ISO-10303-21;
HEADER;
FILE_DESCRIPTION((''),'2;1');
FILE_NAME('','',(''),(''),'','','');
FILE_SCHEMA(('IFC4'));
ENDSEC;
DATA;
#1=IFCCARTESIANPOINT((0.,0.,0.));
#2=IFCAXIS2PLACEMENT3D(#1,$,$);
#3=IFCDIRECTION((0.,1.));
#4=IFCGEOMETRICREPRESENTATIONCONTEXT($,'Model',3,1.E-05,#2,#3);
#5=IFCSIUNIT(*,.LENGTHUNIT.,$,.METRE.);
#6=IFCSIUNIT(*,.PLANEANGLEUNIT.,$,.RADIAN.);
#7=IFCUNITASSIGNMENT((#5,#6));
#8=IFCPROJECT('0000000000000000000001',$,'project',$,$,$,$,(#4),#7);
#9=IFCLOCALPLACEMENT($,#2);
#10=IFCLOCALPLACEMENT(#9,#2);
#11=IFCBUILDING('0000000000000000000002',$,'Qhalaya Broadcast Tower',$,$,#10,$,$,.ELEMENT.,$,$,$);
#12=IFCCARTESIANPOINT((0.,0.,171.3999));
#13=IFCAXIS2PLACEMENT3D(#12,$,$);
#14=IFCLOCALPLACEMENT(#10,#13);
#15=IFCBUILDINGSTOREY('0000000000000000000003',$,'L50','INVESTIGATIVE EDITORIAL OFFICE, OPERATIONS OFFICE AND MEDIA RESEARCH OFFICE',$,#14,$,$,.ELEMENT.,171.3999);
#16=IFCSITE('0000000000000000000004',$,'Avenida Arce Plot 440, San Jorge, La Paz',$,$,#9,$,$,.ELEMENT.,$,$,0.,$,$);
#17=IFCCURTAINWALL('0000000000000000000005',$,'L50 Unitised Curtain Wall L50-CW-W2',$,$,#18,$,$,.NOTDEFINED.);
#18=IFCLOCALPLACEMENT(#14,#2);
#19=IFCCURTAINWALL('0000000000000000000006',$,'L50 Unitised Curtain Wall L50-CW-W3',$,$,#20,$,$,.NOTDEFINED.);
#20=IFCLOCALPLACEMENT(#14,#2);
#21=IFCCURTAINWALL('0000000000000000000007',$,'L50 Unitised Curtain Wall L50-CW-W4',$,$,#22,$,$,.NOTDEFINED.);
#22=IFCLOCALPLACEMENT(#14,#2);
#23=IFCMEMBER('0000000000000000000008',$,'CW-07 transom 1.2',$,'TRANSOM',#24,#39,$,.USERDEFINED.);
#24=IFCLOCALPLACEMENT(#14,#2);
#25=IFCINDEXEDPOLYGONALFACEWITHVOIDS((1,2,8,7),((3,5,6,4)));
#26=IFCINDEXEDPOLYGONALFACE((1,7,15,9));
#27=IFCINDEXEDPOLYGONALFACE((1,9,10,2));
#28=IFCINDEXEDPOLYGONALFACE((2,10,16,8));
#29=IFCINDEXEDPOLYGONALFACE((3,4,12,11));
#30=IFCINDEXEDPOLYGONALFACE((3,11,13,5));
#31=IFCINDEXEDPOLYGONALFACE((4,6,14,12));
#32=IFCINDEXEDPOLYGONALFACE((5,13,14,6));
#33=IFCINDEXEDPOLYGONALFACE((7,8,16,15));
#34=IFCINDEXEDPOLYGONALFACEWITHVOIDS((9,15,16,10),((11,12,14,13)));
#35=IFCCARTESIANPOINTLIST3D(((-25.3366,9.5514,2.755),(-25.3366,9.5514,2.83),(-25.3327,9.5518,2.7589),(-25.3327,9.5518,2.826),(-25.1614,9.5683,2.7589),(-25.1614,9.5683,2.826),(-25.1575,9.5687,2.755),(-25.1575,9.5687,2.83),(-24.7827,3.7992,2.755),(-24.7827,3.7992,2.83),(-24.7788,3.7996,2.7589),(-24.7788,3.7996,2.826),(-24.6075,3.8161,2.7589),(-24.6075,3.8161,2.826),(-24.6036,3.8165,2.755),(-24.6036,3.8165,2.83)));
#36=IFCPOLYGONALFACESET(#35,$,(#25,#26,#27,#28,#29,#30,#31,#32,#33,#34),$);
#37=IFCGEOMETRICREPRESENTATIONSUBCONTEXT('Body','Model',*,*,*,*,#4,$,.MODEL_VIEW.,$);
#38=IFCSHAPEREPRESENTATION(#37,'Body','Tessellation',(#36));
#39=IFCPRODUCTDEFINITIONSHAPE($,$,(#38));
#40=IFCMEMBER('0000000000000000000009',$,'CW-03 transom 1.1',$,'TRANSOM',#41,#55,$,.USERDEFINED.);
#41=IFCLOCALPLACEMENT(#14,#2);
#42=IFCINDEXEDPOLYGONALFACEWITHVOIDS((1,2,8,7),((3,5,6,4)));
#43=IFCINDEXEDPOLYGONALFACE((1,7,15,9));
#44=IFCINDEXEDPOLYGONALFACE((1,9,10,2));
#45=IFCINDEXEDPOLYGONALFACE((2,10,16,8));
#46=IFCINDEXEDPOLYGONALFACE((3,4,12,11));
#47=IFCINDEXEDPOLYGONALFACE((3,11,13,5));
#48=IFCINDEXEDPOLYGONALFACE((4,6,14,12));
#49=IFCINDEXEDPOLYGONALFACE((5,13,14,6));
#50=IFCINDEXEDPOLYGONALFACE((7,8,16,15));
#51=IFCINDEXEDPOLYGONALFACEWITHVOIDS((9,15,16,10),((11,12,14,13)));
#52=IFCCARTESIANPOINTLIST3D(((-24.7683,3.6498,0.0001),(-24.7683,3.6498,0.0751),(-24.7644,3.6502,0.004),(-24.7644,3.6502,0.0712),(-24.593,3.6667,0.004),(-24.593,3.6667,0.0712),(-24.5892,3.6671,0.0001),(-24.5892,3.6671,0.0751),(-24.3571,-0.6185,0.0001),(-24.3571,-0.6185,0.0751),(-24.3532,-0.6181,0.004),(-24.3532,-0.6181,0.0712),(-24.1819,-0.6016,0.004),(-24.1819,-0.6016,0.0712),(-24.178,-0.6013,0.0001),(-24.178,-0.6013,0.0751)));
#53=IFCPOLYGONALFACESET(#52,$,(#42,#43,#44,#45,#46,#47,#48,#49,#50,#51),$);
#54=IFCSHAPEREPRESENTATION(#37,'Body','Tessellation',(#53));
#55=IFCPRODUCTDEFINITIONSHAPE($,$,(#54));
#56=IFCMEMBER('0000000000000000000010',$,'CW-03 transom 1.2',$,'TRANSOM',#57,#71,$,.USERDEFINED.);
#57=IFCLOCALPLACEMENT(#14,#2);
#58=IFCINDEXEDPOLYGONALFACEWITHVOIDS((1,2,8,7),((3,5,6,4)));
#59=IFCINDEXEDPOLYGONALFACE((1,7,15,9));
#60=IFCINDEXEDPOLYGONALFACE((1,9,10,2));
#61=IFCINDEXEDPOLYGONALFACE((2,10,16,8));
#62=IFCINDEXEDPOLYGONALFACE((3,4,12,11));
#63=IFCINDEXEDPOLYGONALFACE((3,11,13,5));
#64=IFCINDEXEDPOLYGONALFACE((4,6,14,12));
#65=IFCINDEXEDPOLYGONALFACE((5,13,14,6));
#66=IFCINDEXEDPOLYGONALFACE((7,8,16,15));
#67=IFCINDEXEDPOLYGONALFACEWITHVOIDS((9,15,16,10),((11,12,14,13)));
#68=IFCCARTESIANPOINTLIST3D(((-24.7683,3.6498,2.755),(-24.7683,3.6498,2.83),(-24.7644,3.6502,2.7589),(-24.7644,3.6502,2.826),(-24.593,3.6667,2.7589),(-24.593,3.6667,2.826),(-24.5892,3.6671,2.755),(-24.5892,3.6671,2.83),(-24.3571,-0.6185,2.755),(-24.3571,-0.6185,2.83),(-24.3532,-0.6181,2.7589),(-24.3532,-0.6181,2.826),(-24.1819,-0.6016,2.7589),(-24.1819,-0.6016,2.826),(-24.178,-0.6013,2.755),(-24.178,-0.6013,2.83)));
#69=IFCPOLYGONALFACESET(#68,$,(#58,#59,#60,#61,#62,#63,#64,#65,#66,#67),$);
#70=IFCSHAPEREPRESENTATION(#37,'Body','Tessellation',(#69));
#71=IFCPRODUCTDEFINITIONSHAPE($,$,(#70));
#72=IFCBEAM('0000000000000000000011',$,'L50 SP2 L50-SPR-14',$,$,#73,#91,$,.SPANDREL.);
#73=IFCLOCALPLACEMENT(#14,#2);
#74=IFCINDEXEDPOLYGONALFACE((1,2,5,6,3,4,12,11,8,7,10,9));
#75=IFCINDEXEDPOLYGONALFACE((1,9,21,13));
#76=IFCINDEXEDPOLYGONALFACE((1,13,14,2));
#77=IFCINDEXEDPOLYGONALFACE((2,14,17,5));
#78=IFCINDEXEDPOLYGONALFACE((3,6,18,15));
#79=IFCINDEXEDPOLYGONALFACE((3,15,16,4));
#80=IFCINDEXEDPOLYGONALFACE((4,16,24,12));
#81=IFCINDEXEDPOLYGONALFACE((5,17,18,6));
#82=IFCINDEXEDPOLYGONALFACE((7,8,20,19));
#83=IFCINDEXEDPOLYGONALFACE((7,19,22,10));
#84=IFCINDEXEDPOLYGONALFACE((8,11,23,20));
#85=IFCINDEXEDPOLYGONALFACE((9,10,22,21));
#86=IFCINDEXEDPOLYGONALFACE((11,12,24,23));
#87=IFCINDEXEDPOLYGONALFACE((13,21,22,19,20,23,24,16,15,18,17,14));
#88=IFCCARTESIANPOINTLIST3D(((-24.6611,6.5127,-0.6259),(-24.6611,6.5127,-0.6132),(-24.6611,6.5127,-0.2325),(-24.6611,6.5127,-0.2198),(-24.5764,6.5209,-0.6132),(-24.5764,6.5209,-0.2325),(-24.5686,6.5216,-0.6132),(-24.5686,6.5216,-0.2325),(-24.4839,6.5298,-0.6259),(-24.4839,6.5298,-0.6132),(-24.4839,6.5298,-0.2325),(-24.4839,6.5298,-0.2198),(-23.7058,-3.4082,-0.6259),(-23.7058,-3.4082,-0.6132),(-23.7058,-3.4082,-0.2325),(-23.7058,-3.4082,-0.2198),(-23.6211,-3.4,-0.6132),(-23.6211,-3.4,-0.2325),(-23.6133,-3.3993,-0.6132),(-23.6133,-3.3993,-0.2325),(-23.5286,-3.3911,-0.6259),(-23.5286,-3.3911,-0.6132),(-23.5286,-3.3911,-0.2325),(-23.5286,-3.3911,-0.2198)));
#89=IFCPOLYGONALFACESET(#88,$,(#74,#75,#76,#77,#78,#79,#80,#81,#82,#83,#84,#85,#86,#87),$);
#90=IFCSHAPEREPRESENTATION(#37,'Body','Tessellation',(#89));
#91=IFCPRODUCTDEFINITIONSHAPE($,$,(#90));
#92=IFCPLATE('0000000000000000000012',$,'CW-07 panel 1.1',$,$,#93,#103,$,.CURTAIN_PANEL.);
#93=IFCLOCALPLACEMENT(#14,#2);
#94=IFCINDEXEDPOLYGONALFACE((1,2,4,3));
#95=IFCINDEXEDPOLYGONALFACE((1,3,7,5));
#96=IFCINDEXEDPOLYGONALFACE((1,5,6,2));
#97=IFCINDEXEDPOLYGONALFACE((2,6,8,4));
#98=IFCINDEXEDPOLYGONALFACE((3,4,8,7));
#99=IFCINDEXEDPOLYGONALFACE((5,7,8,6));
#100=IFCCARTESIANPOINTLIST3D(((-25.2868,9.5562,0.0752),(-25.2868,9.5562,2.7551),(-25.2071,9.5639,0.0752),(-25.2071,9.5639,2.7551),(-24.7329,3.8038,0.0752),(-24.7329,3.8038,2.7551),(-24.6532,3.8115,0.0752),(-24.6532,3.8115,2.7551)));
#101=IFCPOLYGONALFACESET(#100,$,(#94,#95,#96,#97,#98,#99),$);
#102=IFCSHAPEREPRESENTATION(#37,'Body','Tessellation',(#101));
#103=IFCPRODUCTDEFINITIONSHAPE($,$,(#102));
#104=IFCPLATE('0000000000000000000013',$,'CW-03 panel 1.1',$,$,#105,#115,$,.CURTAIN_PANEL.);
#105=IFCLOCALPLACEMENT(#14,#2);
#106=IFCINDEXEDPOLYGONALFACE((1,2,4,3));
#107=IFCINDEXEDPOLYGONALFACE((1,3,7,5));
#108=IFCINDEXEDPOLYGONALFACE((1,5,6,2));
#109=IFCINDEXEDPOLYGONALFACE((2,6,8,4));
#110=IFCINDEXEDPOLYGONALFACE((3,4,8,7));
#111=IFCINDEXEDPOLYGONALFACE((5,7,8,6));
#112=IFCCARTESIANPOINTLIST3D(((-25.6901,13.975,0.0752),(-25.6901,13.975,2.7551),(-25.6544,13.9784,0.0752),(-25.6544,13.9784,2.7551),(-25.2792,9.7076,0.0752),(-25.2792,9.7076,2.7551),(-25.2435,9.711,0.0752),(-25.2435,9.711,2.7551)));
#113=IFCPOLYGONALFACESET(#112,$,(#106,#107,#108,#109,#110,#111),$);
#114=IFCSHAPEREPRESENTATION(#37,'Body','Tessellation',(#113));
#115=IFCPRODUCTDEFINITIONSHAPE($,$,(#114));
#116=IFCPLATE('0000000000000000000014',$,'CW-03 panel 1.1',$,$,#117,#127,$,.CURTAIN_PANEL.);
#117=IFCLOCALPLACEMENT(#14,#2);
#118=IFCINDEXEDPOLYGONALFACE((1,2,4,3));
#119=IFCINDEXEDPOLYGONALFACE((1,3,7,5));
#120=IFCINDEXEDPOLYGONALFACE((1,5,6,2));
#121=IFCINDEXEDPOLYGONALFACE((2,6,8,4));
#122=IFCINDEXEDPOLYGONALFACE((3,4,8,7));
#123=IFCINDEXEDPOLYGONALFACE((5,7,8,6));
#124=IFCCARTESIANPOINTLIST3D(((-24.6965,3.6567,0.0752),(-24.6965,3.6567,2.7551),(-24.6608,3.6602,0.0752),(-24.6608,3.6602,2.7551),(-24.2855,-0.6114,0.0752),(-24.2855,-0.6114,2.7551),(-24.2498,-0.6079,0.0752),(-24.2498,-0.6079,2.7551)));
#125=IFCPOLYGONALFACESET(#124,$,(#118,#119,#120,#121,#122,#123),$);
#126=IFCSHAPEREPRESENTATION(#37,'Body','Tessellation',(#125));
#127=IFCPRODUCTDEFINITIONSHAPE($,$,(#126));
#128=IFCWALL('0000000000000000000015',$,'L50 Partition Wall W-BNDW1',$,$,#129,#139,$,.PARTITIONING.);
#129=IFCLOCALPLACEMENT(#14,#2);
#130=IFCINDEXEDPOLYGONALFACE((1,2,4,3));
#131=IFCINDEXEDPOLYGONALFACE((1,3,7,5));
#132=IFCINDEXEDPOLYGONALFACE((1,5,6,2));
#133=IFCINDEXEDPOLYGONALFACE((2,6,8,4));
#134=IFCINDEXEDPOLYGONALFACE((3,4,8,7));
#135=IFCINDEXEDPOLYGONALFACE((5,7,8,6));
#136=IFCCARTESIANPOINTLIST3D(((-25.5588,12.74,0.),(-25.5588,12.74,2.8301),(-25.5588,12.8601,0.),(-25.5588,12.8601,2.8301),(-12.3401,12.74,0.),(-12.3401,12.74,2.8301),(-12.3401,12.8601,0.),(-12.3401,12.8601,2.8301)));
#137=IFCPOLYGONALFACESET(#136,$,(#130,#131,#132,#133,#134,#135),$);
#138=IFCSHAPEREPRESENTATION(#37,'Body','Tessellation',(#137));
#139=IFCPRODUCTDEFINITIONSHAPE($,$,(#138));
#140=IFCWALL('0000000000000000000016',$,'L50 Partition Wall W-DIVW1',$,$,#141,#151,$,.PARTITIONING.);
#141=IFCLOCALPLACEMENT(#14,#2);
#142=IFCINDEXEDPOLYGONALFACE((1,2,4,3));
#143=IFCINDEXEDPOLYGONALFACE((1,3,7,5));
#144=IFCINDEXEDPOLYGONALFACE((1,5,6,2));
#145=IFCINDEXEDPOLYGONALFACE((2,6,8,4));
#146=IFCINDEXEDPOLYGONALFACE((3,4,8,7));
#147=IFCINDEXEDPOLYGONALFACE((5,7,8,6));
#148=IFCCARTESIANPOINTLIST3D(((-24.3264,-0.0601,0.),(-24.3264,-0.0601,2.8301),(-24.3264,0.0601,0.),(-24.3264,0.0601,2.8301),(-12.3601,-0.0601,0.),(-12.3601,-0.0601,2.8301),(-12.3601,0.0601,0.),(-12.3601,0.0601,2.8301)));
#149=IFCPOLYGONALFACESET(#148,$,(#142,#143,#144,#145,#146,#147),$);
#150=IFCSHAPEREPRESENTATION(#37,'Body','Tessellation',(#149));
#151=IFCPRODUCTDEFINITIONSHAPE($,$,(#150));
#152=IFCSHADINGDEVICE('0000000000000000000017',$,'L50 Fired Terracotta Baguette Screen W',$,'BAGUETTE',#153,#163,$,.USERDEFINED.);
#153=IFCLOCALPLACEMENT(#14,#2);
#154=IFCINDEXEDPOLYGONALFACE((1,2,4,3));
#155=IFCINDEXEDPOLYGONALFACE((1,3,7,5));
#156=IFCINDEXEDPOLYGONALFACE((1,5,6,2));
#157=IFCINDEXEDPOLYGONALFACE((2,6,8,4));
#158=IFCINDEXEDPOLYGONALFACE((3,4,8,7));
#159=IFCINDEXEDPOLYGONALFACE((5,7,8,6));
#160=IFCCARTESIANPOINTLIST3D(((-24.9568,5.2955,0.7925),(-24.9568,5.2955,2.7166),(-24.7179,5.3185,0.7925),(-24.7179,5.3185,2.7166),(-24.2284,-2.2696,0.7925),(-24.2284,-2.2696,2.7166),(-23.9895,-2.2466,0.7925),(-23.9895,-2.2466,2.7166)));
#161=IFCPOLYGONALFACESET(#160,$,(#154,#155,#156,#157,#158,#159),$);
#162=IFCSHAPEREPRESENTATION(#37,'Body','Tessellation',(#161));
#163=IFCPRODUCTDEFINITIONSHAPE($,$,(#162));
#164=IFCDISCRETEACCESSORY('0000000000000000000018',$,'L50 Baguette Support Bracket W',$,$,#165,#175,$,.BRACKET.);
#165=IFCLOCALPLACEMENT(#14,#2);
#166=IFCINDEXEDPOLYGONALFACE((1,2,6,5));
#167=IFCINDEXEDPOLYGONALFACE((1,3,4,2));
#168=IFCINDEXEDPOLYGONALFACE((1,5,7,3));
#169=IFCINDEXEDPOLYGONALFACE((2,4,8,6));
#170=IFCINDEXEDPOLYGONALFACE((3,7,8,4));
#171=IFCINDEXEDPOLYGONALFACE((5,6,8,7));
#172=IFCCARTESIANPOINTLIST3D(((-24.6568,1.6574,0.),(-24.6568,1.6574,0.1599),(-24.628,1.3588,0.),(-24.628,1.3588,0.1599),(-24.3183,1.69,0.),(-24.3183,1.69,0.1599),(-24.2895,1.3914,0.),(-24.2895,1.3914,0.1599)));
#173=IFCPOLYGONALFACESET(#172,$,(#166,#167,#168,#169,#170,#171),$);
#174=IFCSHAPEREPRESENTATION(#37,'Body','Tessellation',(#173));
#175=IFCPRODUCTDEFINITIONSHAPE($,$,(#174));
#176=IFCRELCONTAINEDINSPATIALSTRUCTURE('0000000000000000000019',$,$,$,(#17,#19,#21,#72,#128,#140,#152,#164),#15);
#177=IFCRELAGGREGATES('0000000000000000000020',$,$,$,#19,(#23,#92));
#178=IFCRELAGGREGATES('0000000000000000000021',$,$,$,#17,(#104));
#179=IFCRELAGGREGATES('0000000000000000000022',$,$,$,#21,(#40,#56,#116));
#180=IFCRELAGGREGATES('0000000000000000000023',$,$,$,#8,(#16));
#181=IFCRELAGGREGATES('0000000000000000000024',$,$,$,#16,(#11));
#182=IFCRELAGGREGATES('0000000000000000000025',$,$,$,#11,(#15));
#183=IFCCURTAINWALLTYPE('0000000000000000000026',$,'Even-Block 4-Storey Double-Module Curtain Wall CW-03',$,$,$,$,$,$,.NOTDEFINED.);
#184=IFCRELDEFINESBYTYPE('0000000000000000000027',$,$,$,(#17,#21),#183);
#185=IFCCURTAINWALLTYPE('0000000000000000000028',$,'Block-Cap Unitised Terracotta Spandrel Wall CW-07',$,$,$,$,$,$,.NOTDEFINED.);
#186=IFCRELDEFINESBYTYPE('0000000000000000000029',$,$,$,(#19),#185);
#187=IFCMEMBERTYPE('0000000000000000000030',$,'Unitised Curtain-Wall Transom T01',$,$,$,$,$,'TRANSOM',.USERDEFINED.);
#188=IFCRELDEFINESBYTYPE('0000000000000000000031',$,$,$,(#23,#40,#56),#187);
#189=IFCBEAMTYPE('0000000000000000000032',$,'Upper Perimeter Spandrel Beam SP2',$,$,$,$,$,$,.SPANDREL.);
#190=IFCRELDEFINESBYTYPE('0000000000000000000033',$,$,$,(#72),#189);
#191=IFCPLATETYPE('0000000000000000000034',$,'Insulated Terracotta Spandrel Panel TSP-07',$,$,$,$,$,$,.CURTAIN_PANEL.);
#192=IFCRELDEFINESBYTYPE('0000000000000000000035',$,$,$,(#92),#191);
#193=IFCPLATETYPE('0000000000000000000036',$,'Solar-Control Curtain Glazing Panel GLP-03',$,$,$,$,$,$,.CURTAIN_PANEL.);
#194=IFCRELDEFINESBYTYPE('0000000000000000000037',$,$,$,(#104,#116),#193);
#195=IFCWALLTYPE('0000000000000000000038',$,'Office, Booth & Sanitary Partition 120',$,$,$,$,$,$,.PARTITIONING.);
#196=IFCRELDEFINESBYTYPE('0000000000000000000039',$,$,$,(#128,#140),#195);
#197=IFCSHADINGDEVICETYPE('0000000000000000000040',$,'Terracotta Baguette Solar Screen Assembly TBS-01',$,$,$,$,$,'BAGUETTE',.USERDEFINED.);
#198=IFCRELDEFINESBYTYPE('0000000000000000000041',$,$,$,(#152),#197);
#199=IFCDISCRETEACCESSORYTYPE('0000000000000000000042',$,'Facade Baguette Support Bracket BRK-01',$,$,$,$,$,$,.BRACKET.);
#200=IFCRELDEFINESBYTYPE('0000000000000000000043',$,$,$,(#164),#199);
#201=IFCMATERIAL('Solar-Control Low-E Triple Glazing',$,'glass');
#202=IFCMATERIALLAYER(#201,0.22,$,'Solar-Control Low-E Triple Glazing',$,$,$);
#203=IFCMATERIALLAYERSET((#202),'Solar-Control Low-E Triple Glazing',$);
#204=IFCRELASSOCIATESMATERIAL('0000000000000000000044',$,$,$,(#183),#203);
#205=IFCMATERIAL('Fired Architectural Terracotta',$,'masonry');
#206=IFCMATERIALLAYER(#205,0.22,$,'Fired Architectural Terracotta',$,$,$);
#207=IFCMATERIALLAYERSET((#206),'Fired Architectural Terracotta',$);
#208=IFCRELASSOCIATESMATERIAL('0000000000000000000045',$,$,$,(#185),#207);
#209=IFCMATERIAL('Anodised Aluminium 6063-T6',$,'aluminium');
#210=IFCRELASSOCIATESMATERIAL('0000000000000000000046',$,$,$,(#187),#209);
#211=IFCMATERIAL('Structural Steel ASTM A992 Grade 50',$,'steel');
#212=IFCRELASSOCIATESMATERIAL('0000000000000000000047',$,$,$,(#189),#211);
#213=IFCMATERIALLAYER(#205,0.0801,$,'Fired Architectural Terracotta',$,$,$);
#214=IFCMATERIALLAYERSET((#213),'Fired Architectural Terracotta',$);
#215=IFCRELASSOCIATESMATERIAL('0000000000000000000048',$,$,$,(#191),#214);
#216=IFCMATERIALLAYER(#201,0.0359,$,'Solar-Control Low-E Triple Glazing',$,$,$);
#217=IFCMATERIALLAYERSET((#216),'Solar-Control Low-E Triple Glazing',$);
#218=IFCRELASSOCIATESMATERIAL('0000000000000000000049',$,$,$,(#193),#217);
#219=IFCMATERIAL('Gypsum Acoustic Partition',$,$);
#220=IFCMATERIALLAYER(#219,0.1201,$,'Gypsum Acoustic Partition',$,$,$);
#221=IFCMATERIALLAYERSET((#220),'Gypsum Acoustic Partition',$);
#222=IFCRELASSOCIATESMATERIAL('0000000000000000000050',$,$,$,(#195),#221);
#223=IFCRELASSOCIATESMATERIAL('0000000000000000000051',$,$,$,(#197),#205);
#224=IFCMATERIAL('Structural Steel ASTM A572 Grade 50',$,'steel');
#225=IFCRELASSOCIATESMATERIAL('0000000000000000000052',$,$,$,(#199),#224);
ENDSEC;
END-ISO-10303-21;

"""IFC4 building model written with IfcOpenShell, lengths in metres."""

from ifc_helpers import new_model, si_unit, direction, frame, frame_2d, origin, origin_2d, place, context, subcontext, project, spatial, rectangle, hollow_rectangle, i_section, extrude, material, layer, layer_set, material_profile, profile_set, type_object, element, aggregate, save


model = new_model("IFC4")

# Units and contexts
model_context = context("Model", 3, precision=1e-05, world=origin(), true_north=direction((0.0, 1.0)))
body_context = subcontext(model_context, "Body", "Model", "MODEL_VIEW")
ifc_project = project(units=[si_unit("LENGTHUNIT", "METRE"), si_unit("PLANEANGLEUNIT", "RADIAN")], contexts=[model_context])

# Site, building, storey
site_placement = place(None, origin())
site = spatial("IfcSite", under=ifc_project, at=site_placement, Name="Avenida Arce Plot 440, San Jorge, La Paz", CompositionType="ELEMENT", RefElevation=0.0)
building_placement = place(site_placement, origin())
building = spatial("IfcBuilding", under=site, at=building_placement, Name="Qhalaya Broadcast Tower", CompositionType="ELEMENT")
storey_placement = place(building_placement, frame((0.0, 0.0, 171.3999)))
storey = spatial("IfcBuildingStorey", under=building, at=storey_placement, Name="L50", Description="INVESTIGATIVE EDITORIAL OFFICE, OPERATIONS OFFICE AND MEDIA RESEARCH OFFICE", CompositionType="ELEMENT", Elevation=171.3999)

# Shared definitions
ifc_material_1 = material(Name="Structural Steel ASTM A572 Grade 50", Category="steel")

# Shared definitions
ifc_material_2 = material(Name="Structural Steel ASTM A992 Grade 50", Category="steel")

# Curtain wall
ifc_material_3 = material(Name="Solar-Control Low-E Triple Glazing", Category="glass")
ifc_layer_1 = layer(ifc_material_3, 0.22, Name="Solar-Control Low-E Triple Glazing")
ifc_layer_set_1 = layer_set([ifc_layer_1], Name="Solar-Control Low-E Triple Glazing")
curtain_wall_type_1 = type_object("IfcCurtainWallType", Name="Even-Block 4-Storey Double-Module Curtain Wall CW-03", PredefinedType="NOTDEFINED", material=ifc_layer_set_1)
curtain_wall_1_placement = place(storey_placement, origin())
curtain_wall_1 = element("IfcCurtainWall", 1, at=curtain_wall_1_placement, inside=storey, type_object=curtain_wall_type_1, Name="L50 Unitised Curtain Wall L50-CW-W2", PredefinedType="NOTDEFINED")
ifc_material_4 = material(Name="Anodised Aluminium 6063-T6", Category="aluminium")

# Curtain wall
ifc_material_5 = material(Name="Fired Architectural Terracotta", Category="masonry")
ifc_layer_2 = layer(ifc_material_5, 0.22, Name="Fired Architectural Terracotta")
ifc_layer_set_2 = layer_set([ifc_layer_2], Name="Fired Architectural Terracotta")
curtain_wall_type_2 = type_object("IfcCurtainWallType", Name="Block-Cap Unitised Terracotta Spandrel Wall CW-07", PredefinedType="NOTDEFINED", material=ifc_layer_set_2)
curtain_wall_2_placement = place(storey_placement, origin())
curtain_wall_2 = element("IfcCurtainWall", 2, at=curtain_wall_2_placement, inside=storey, type_object=curtain_wall_type_2, Name="L50 Unitised Curtain Wall L50-CW-W3", PredefinedType="NOTDEFINED")

# Curtain wall
curtain_wall_3_placement = place(storey_placement, origin())
curtain_wall_3 = element("IfcCurtainWall", 3, at=curtain_wall_3_placement, inside=storey, type_object=curtain_wall_type_1, Name="L50 Unitised Curtain Wall L50-CW-W4", PredefinedType="NOTDEFINED")

# Members
ifc_material_profile_1 = material_profile(ifc_material_4, hollow_rectangle(XDim=0.075, YDim=0.1799, WallThickness=0.0039, at=origin_2d()), Name="ALU-TRN 75x180x4")
ifc_profile_set_1 = profile_set([ifc_material_profile_1], Name="Anodised Aluminium 6063-T6")
member_type_1 = type_object("IfcMemberType", Name="Unitised Curtain-Wall Transom T01", ElementType="TRANSOM", PredefinedType="USERDEFINED", material=ifc_profile_set_1)
member_1_placement = place(storey_placement, frame((-25.2471, 9.5601, 2.7925), z_axis=(0.09586, -0.995395, 0.0), x_axis=(0.0, 0.0, 1.0)))
member_1 = element("IfcMember", 4, at=member_1_placement, type_object=member_type_1, Name="CW-07 transom 1.2", ObjectType="TRANSOM", PredefinedType="USERDEFINED", context=body_context, shape_type="SweptSolid", body=[
    extrude(hollow_rectangle(XDim=0.075, YDim=0.1799, WallThickness=0.0039, at=origin_2d()), origin(), (0.0, 0.0, 1.0), 5.7788),
])
member_2_placement = place(storey_placement, frame((-24.6787, 3.6584, 0.0376), z_axis=(0.095878, -0.995393, 0.0), x_axis=(0.0, 0.0, 1.0)))
member_2 = element("IfcMember", 5, at=member_2_placement, type_object=member_type_1, Name="CW-03 transom 1.1", ObjectType="TRANSOM", PredefinedType="USERDEFINED", context=body_context, shape_type="SweptSolid", body=[
    extrude(hollow_rectangle(XDim=0.075, YDim=0.1799, WallThickness=0.0039, at=origin_2d()), origin(), (0.0, 0.0, 1.0), 4.2881),
])
member_3_placement = place(storey_placement, frame((-24.6787, 3.6584, 2.7925), z_axis=(0.095878, -0.995393, 0.0), x_axis=(0.0, 0.0, 1.0)))
member_3 = element("IfcMember", 6, at=member_3_placement, type_object=member_type_1, Name="CW-03 transom 1.2", ObjectType="TRANSOM", PredefinedType="USERDEFINED", context=body_context, shape_type="SweptSolid", body=[
    extrude(hollow_rectangle(XDim=0.075, YDim=0.1799, WallThickness=0.0039, at=origin_2d()), origin(), (0.0, 0.0, 1.0), 4.2881),
])

# Beam
ifc_material_profile_2 = material_profile(ifc_material_2, i_section(OverallWidth=0.178, OverallDepth=0.406, WebThickness=0.0078, FlangeThickness=0.0127, at=origin_2d()), Name="W16X40")
ifc_profile_set_2 = profile_set([ifc_material_profile_2], Name="Structural Steel ASTM A992 Grade 50")
beam_type_1 = type_object("IfcBeamType", Name="Upper Perimeter Spandrel Beam SP2", PredefinedType="SPANDREL", material=ifc_profile_set_2)
beam_1_placement = place(storey_placement, frame((-24.5725, 6.5212, -0.4229), z_axis=(0.095851, -0.995396, 0.0), x_axis=(0.995396, 0.095851, 0.0)))
element("IfcBeam", 7, at=beam_1_placement, inside=storey, type_object=beam_type_1, Name="L50 SP2 L50-SPR-14", PredefinedType="SPANDREL", context=body_context, shape_type="SweptSolid", body=[
    extrude(i_section(OverallWidth=0.178, OverallDepth=0.406, WebThickness=0.0078, FlangeThickness=0.0127, at=origin_2d()), origin(), (0.0, 0.0, 1.0), 9.9668),
])

# Plates
ifc_layer_3 = layer(ifc_material_5, 0.0801, Name="Fired Architectural Terracotta")
ifc_layer_set_3 = layer_set([ifc_layer_3], Name="Fired Architectural Terracotta")
plate_type_1 = type_object("IfcPlateType", Name="Insulated Terracotta Spandrel Panel TSP-07", PredefinedType="CURTAIN_PANEL", material=ifc_layer_set_3)
plate_1_placement = place(storey_placement, frame((-24.97, 6.6838, 0.0752), z_axis=(0.0, 0.0, 1.0), x_axis=(0.095851, -0.995396, 0.0)))
plate_1 = element("IfcPlate", 8, at=plate_1_placement, type_object=plate_type_1, Name="CW-07 panel 1.1", PredefinedType="CURTAIN_PANEL", context=body_context, shape_type="SweptSolid", body=[
    extrude(rectangle(XDim=5.7791, YDim=0.0801, at=origin_2d()), origin(), (0.0, 0.0, 1.0), 2.6799),
])
aggregate(curtain_wall_2, [member_1, plate_1])
ifc_layer_4 = layer(ifc_material_3, 0.0359, Name="Solar-Control Low-E Triple Glazing")
ifc_layer_set_4 = layer_set([ifc_layer_4], Name="Solar-Control Low-E Triple Glazing")
plate_type_2 = type_object("IfcPlateType", Name="Solar-Control Curtain Glazing Panel GLP-03", PredefinedType="CURTAIN_PANEL", material=ifc_layer_set_4)
plate_2_placement = place(storey_placement, frame((-25.4668, 11.843, 0.0752), z_axis=(0.0, 0.0, 1.0), x_axis=(0.09583, -0.995398, 0.0)))
plate_2 = element("IfcPlate", 9, at=plate_2_placement, type_object=plate_type_2, Name="CW-03 panel 1.1", PredefinedType="CURTAIN_PANEL", context=body_context, shape_type="SweptSolid", body=[
    extrude(rectangle(XDim=4.2871, YDim=0.0359, at=origin_2d()), origin(), (0.0, 0.0, 1.0), 2.6799),
])
aggregate(curtain_wall_1, [plate_2])
plate_3_placement = place(storey_placement, frame((-24.4731, 1.5244, 0.0752), z_axis=(0.0, 0.0, 1.0), x_axis=(0.095855, -0.995395, 0.0)))
plate_3 = element("IfcPlate", 10, at=plate_3_placement, type_object=plate_type_2, Name="CW-03 panel 1.1", PredefinedType="CURTAIN_PANEL", context=body_context, shape_type="SweptSolid", body=[
    extrude(rectangle(XDim=4.2878, YDim=0.0359, at=origin_2d()), origin(), (0.0, 0.0, 1.0), 2.6799),
])
aggregate(curtain_wall_3, [member_2, member_3, plate_3])

# Walls
ifc_material_6 = material(Name="Gypsum Acoustic Partition")
ifc_layer_5 = layer(ifc_material_6, 0.1201, Name="Gypsum Acoustic Partition")
ifc_layer_set_5 = layer_set([ifc_layer_5], Name="Gypsum Acoustic Partition")
wall_type = type_object("IfcWallType", Name="Office, Booth & Sanitary Partition 120", PredefinedType="PARTITIONING", material=ifc_layer_set_5)
wall_1_placement = place(storey_placement, frame((-25.5588, 12.8, 0.0), z_axis=(0.0, 0.0, 1.0), x_axis=(1.0, 0.0, 0.0)))
element("IfcWall", 11, at=wall_1_placement, inside=storey, type_object=wall_type, Name="L50 Partition Wall W-BNDW1", PredefinedType="PARTITIONING", context=body_context, shape_type="SweptSolid", body=[
    extrude(rectangle(XDim=13.2188, YDim=0.1201, at=frame_2d((6.6094, 0.0))), origin(), (0.0, 0.0, 1.0), 2.8301),
])
wall_2_placement = place(storey_placement, frame((-24.3264, 0.0, 0.0), z_axis=(0.0, 0.0, 1.0), x_axis=(1.0, 0.0, 0.0)))
element("IfcWall", 12, at=wall_2_placement, inside=storey, type_object=wall_type, Name="L50 Partition Wall W-DIVW1", PredefinedType="PARTITIONING", context=body_context, shape_type="SweptSolid", body=[
    extrude(rectangle(XDim=11.9663, YDim=0.1201, at=frame_2d((5.9832, 0.0))), origin(), (0.0, 0.0, 1.0), 2.8301),
])

# Shading device
shading_device_type = type_object("IfcShadingDeviceType", Name="Terracotta Baguette Solar Screen Assembly TBS-01", ElementType="BAGUETTE", PredefinedType="USERDEFINED", material=ifc_material_5)
shading_device_placement = place(storey_placement, frame((-24.4731, 1.5244, 0.7925), z_axis=(0.0, 0.0, 1.0), x_axis=(0.095846, -0.995396, 0.0)))
element("IfcShadingDevice", 13, at=shading_device_placement, inside=storey, type_object=shading_device_type, Name="L50 Fired Terracotta Baguette Screen W", ObjectType="BAGUETTE", PredefinedType="USERDEFINED", context=body_context, shape_type="SweptSolid", body=[
    extrude(rectangle(XDim=7.6001, YDim=0.24, at=origin_2d()), origin(), (0.0, 0.0, 1.0), 1.9241),
])

# Discrete accessory
discrete_accessory_type = type_object("IfcDiscreteAccessoryType", Name="Facade Baguette Support Bracket BRK-01", PredefinedType="BRACKET", material=ifc_material_1)
discrete_accessory_placement = place(storey_placement, frame((-24.4731, 1.5244, 0.0), z_axis=(0.0, 0.0, 1.0), x_axis=(0.095846, -0.995396, 0.0)))
element("IfcDiscreteAccessory", 14, at=discrete_accessory_placement, inside=storey, type_object=discrete_accessory_type, Name="L50 Baguette Support Bracket W", PredefinedType="BRACKET", context=body_context, shape_type="SweptSolid", body=[
    extrude(rectangle(XDim=0.3, YDim=0.3401, at=origin_2d()), origin(), (0.0, 0.0, 1.0), 0.1599),
])

save(model, "model.ifc")
